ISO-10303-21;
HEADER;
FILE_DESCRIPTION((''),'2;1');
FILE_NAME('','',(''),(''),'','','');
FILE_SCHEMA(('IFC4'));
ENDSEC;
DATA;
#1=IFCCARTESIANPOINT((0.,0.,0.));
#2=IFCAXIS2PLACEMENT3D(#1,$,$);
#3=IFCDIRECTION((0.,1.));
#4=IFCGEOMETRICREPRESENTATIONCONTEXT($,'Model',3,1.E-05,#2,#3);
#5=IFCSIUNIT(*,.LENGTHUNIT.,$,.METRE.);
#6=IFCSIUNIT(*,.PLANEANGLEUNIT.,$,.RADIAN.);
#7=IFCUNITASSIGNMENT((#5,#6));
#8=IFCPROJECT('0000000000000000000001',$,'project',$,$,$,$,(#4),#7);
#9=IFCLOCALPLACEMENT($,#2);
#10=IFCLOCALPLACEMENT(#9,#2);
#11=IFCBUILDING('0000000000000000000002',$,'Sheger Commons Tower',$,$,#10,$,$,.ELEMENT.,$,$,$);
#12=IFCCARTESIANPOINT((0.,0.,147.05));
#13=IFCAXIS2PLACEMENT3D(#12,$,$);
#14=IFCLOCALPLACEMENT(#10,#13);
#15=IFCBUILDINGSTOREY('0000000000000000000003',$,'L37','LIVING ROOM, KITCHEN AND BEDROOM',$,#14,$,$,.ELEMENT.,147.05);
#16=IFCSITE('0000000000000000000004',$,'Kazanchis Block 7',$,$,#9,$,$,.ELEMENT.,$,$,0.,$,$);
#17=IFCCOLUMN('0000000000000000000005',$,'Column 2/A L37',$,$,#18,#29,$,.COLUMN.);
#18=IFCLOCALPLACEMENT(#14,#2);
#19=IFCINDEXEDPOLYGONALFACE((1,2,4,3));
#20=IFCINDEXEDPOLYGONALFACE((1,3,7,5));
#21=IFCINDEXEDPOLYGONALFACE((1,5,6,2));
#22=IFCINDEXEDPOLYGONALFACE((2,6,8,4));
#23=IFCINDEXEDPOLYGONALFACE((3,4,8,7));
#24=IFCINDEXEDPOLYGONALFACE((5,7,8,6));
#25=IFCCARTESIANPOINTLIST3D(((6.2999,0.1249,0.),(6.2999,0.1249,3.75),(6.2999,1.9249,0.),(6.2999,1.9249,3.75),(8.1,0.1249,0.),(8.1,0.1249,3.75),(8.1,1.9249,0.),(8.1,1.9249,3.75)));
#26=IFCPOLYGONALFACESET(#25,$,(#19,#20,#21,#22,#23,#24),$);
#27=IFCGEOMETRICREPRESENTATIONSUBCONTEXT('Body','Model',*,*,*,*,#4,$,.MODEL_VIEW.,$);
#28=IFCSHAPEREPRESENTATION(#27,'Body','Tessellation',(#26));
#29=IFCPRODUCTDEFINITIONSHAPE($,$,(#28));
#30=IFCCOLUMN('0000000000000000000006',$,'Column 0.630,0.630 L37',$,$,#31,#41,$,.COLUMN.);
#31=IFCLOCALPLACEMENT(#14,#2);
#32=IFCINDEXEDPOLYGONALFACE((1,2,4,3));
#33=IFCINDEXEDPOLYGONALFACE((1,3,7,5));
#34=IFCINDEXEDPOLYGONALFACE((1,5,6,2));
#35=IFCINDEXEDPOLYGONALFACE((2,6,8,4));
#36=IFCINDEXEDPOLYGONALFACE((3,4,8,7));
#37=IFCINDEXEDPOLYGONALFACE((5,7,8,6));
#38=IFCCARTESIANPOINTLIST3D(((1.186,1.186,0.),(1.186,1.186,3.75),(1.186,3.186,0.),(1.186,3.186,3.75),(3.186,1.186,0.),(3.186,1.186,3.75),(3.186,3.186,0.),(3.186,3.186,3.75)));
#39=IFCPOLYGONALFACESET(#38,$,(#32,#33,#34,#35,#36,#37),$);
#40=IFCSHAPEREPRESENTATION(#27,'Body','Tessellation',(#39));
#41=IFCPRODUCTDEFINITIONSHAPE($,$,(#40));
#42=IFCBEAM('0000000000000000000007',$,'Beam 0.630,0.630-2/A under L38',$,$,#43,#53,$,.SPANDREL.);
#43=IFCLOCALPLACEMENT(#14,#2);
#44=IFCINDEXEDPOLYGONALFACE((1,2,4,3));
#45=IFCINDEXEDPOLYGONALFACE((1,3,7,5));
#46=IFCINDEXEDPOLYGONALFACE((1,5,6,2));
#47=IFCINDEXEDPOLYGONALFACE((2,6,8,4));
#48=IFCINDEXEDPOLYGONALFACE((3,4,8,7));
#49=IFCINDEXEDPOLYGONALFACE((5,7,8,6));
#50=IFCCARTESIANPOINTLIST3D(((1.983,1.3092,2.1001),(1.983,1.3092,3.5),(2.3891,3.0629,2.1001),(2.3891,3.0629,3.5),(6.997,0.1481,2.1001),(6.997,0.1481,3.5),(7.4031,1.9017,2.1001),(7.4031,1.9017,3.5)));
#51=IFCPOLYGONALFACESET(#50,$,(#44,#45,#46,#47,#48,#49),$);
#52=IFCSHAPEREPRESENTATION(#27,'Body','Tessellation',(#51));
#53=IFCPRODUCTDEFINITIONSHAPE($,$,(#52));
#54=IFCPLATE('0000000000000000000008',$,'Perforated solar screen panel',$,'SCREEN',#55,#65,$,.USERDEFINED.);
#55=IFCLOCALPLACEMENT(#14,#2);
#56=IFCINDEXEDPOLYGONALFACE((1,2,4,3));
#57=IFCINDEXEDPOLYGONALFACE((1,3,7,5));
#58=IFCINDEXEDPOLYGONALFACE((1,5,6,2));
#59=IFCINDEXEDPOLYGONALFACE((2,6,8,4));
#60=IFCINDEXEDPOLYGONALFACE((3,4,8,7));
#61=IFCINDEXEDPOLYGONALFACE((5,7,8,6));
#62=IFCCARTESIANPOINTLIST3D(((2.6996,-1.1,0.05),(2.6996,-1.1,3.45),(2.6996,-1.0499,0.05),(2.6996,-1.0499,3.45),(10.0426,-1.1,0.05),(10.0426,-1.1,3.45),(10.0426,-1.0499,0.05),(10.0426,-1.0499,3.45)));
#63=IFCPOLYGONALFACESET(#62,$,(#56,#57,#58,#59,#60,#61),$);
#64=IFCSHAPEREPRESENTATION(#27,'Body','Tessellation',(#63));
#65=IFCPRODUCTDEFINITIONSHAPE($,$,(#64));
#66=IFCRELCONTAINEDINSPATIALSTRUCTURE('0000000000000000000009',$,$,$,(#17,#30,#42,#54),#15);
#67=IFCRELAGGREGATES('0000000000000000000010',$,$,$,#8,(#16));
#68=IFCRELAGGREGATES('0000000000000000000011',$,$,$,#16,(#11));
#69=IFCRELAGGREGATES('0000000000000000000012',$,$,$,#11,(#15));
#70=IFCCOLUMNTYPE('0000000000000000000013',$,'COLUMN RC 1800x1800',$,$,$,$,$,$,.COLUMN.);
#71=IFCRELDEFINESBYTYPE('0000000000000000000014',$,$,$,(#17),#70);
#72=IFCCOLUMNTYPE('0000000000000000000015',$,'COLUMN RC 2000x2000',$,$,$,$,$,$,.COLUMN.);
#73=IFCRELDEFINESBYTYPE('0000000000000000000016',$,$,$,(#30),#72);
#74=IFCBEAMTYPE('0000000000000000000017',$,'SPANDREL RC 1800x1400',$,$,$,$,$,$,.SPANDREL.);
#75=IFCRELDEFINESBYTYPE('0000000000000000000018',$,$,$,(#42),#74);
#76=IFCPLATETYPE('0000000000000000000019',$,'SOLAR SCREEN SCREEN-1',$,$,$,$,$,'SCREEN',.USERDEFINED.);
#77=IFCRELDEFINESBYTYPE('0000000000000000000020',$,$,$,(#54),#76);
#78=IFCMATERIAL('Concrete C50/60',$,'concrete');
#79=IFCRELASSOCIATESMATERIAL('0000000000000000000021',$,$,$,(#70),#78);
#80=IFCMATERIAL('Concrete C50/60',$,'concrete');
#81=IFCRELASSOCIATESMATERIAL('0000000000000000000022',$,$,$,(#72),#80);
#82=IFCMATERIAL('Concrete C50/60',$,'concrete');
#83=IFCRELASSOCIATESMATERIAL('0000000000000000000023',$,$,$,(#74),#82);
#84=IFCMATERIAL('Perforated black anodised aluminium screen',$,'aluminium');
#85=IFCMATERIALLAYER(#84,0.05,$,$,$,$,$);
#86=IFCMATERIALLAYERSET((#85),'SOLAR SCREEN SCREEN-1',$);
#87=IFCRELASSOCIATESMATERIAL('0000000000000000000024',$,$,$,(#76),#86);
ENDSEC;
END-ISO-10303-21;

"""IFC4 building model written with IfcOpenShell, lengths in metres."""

from ifc_helpers import new_model, si_unit, direction, frame, origin, origin_2d, place, context, subcontext, project, spatial, rectangle, extrude, material, layer, layer_set, material_profile, profile_set, type_object, element, save


model = new_model("IFC4")

# Units and contexts
model_context = context("Model", 3, precision=1e-05, world=origin(), true_north=direction((0.0, 1.0)))
body_context = subcontext(model_context, "Body", "Model", "MODEL_VIEW")
ifc_project = project(units=[si_unit("LENGTHUNIT", "METRE"), si_unit("PLANEANGLEUNIT", "RADIAN")], contexts=[model_context])

# Site, building, storey
site_placement = place(None, origin())
site = spatial("IfcSite", under=ifc_project, at=site_placement, Name="Kazanchis Block 7", CompositionType="ELEMENT", RefElevation=0.0)
building_placement = place(site_placement, origin())
building = spatial("IfcBuilding", under=site, at=building_placement, Name="Sheger Commons Tower", CompositionType="ELEMENT")
storey_placement = place(building_placement, frame((0.0, 0.0, 147.05)))
storey = spatial("IfcBuildingStorey", under=building, at=storey_placement, Name="L37", Description="LIVING ROOM, KITCHEN AND BEDROOM", CompositionType="ELEMENT", Elevation=147.05)

# Columns
ifc_material_1 = material(Name="Concrete C50/60", Category="concrete")
ifc_material_profile_1 = material_profile(ifc_material_1, rectangle(XDim=1.8, YDim=1.8, at=origin_2d()), Name="RC 1800x1800")
ifc_profile_set_1 = profile_set([ifc_material_profile_1], Name="Concrete C50/60")
column_type_1 = type_object("IfcColumnType", Name="COLUMN RC 1800x1800", PredefinedType="COLUMN", material=ifc_profile_set_1)
column_1_placement = place(storey_placement, frame((7.2, 1.0249, 0.0), z_axis=(0.0, 0.0, 1.0), x_axis=(1.0, 0.0, 0.0)))
element("IfcColumn", 1, at=column_1_placement, inside=storey, type_object=column_type_1, Name="Column 2/A L37", PredefinedType="COLUMN", context=body_context, shape_type="SweptSolid", body=[
    extrude(rectangle(XDim=1.8, YDim=1.8, at=origin_2d()), origin(), (0.0, 0.0, 1.0), 3.75),
])
ifc_material_2 = material(Name="Concrete C50/60", Category="concrete")
ifc_material_profile_2 = material_profile(ifc_material_2, rectangle(XDim=2.0, YDim=2.0, at=origin_2d()), Name="RC 2000x2000")
ifc_profile_set_2 = profile_set([ifc_material_profile_2], Name="Concrete C50/60")
column_type_2 = type_object("IfcColumnType", Name="COLUMN RC 2000x2000", PredefinedType="COLUMN", material=ifc_profile_set_2)
column_2_placement = place(storey_placement, frame((2.186, 2.186, 0.0), z_axis=(0.0, 0.0, 1.0), x_axis=(1.0, 0.0, 0.0)))
element("IfcColumn", 2, at=column_2_placement, inside=storey, type_object=column_type_2, Name="Column 0.630,0.630 L37", PredefinedType="COLUMN", context=body_context, shape_type="SweptSolid", body=[
    extrude(rectangle(XDim=2.0, YDim=2.0, at=origin_2d()), origin(), (0.0, 0.0, 1.0), 3.75),
])

# Beam
ifc_material_3 = material(Name="Concrete C50/60", Category="concrete")
ifc_material_profile_3 = material_profile(ifc_material_3, rectangle(XDim=1.8, YDim=1.3999, at=origin_2d()), Name="RC 1800x1400")
ifc_profile_set_3 = profile_set([ifc_material_profile_3], Name="Concrete C50/60")
beam_type = type_object("IfcBeamType", Name="SPANDREL RC 1800x1400", PredefinedType="SPANDREL", material=ifc_profile_set_3)
beam_placement = place(storey_placement, frame((2.186, 2.186, 2.8), z_axis=(0.974217, -0.225611, 0.0), x_axis=(0.225611, 0.974217, 0.0)))
element("IfcBeam", 3, at=beam_placement, inside=storey, type_object=beam_type, Name="Beam 0.630,0.630-2/A under L38", PredefinedType="SPANDREL", context=body_context, shape_type="SweptSolid", body=[
    extrude(rectangle(XDim=1.8, YDim=1.3999, at=origin_2d()), origin(), (0.0, 0.0, 1.0), 5.1467),
])

# Plate
ifc_material_4 = material(Name="Perforated black anodised aluminium screen", Category="aluminium")
ifc_layer_1 = layer(ifc_material_4, 0.05)
ifc_layer_set_1 = layer_set([ifc_layer_1], Name="SOLAR SCREEN SCREEN-1")
plate_type = type_object("IfcPlateType", Name="SOLAR SCREEN SCREEN-1", ElementType="SCREEN", PredefinedType="USERDEFINED", material=ifc_layer_set_1)
plate_placement = place(storey_placement, frame((6.3711, -1.075, 0.05), z_axis=(0.0, 0.0, 1.0), x_axis=(1.0, 0.0, 0.0)))
element("IfcPlate", 4, at=plate_placement, inside=storey, type_object=plate_type, Name="Perforated solar screen panel", ObjectType="SCREEN", PredefinedType="USERDEFINED", context=body_context, shape_type="SweptSolid", body=[
    extrude(rectangle(XDim=7.343, YDim=0.05, at=origin_2d()), origin(), (0.0, 0.0, 1.0), 3.3999),
])

save(model, "model.ifc")
